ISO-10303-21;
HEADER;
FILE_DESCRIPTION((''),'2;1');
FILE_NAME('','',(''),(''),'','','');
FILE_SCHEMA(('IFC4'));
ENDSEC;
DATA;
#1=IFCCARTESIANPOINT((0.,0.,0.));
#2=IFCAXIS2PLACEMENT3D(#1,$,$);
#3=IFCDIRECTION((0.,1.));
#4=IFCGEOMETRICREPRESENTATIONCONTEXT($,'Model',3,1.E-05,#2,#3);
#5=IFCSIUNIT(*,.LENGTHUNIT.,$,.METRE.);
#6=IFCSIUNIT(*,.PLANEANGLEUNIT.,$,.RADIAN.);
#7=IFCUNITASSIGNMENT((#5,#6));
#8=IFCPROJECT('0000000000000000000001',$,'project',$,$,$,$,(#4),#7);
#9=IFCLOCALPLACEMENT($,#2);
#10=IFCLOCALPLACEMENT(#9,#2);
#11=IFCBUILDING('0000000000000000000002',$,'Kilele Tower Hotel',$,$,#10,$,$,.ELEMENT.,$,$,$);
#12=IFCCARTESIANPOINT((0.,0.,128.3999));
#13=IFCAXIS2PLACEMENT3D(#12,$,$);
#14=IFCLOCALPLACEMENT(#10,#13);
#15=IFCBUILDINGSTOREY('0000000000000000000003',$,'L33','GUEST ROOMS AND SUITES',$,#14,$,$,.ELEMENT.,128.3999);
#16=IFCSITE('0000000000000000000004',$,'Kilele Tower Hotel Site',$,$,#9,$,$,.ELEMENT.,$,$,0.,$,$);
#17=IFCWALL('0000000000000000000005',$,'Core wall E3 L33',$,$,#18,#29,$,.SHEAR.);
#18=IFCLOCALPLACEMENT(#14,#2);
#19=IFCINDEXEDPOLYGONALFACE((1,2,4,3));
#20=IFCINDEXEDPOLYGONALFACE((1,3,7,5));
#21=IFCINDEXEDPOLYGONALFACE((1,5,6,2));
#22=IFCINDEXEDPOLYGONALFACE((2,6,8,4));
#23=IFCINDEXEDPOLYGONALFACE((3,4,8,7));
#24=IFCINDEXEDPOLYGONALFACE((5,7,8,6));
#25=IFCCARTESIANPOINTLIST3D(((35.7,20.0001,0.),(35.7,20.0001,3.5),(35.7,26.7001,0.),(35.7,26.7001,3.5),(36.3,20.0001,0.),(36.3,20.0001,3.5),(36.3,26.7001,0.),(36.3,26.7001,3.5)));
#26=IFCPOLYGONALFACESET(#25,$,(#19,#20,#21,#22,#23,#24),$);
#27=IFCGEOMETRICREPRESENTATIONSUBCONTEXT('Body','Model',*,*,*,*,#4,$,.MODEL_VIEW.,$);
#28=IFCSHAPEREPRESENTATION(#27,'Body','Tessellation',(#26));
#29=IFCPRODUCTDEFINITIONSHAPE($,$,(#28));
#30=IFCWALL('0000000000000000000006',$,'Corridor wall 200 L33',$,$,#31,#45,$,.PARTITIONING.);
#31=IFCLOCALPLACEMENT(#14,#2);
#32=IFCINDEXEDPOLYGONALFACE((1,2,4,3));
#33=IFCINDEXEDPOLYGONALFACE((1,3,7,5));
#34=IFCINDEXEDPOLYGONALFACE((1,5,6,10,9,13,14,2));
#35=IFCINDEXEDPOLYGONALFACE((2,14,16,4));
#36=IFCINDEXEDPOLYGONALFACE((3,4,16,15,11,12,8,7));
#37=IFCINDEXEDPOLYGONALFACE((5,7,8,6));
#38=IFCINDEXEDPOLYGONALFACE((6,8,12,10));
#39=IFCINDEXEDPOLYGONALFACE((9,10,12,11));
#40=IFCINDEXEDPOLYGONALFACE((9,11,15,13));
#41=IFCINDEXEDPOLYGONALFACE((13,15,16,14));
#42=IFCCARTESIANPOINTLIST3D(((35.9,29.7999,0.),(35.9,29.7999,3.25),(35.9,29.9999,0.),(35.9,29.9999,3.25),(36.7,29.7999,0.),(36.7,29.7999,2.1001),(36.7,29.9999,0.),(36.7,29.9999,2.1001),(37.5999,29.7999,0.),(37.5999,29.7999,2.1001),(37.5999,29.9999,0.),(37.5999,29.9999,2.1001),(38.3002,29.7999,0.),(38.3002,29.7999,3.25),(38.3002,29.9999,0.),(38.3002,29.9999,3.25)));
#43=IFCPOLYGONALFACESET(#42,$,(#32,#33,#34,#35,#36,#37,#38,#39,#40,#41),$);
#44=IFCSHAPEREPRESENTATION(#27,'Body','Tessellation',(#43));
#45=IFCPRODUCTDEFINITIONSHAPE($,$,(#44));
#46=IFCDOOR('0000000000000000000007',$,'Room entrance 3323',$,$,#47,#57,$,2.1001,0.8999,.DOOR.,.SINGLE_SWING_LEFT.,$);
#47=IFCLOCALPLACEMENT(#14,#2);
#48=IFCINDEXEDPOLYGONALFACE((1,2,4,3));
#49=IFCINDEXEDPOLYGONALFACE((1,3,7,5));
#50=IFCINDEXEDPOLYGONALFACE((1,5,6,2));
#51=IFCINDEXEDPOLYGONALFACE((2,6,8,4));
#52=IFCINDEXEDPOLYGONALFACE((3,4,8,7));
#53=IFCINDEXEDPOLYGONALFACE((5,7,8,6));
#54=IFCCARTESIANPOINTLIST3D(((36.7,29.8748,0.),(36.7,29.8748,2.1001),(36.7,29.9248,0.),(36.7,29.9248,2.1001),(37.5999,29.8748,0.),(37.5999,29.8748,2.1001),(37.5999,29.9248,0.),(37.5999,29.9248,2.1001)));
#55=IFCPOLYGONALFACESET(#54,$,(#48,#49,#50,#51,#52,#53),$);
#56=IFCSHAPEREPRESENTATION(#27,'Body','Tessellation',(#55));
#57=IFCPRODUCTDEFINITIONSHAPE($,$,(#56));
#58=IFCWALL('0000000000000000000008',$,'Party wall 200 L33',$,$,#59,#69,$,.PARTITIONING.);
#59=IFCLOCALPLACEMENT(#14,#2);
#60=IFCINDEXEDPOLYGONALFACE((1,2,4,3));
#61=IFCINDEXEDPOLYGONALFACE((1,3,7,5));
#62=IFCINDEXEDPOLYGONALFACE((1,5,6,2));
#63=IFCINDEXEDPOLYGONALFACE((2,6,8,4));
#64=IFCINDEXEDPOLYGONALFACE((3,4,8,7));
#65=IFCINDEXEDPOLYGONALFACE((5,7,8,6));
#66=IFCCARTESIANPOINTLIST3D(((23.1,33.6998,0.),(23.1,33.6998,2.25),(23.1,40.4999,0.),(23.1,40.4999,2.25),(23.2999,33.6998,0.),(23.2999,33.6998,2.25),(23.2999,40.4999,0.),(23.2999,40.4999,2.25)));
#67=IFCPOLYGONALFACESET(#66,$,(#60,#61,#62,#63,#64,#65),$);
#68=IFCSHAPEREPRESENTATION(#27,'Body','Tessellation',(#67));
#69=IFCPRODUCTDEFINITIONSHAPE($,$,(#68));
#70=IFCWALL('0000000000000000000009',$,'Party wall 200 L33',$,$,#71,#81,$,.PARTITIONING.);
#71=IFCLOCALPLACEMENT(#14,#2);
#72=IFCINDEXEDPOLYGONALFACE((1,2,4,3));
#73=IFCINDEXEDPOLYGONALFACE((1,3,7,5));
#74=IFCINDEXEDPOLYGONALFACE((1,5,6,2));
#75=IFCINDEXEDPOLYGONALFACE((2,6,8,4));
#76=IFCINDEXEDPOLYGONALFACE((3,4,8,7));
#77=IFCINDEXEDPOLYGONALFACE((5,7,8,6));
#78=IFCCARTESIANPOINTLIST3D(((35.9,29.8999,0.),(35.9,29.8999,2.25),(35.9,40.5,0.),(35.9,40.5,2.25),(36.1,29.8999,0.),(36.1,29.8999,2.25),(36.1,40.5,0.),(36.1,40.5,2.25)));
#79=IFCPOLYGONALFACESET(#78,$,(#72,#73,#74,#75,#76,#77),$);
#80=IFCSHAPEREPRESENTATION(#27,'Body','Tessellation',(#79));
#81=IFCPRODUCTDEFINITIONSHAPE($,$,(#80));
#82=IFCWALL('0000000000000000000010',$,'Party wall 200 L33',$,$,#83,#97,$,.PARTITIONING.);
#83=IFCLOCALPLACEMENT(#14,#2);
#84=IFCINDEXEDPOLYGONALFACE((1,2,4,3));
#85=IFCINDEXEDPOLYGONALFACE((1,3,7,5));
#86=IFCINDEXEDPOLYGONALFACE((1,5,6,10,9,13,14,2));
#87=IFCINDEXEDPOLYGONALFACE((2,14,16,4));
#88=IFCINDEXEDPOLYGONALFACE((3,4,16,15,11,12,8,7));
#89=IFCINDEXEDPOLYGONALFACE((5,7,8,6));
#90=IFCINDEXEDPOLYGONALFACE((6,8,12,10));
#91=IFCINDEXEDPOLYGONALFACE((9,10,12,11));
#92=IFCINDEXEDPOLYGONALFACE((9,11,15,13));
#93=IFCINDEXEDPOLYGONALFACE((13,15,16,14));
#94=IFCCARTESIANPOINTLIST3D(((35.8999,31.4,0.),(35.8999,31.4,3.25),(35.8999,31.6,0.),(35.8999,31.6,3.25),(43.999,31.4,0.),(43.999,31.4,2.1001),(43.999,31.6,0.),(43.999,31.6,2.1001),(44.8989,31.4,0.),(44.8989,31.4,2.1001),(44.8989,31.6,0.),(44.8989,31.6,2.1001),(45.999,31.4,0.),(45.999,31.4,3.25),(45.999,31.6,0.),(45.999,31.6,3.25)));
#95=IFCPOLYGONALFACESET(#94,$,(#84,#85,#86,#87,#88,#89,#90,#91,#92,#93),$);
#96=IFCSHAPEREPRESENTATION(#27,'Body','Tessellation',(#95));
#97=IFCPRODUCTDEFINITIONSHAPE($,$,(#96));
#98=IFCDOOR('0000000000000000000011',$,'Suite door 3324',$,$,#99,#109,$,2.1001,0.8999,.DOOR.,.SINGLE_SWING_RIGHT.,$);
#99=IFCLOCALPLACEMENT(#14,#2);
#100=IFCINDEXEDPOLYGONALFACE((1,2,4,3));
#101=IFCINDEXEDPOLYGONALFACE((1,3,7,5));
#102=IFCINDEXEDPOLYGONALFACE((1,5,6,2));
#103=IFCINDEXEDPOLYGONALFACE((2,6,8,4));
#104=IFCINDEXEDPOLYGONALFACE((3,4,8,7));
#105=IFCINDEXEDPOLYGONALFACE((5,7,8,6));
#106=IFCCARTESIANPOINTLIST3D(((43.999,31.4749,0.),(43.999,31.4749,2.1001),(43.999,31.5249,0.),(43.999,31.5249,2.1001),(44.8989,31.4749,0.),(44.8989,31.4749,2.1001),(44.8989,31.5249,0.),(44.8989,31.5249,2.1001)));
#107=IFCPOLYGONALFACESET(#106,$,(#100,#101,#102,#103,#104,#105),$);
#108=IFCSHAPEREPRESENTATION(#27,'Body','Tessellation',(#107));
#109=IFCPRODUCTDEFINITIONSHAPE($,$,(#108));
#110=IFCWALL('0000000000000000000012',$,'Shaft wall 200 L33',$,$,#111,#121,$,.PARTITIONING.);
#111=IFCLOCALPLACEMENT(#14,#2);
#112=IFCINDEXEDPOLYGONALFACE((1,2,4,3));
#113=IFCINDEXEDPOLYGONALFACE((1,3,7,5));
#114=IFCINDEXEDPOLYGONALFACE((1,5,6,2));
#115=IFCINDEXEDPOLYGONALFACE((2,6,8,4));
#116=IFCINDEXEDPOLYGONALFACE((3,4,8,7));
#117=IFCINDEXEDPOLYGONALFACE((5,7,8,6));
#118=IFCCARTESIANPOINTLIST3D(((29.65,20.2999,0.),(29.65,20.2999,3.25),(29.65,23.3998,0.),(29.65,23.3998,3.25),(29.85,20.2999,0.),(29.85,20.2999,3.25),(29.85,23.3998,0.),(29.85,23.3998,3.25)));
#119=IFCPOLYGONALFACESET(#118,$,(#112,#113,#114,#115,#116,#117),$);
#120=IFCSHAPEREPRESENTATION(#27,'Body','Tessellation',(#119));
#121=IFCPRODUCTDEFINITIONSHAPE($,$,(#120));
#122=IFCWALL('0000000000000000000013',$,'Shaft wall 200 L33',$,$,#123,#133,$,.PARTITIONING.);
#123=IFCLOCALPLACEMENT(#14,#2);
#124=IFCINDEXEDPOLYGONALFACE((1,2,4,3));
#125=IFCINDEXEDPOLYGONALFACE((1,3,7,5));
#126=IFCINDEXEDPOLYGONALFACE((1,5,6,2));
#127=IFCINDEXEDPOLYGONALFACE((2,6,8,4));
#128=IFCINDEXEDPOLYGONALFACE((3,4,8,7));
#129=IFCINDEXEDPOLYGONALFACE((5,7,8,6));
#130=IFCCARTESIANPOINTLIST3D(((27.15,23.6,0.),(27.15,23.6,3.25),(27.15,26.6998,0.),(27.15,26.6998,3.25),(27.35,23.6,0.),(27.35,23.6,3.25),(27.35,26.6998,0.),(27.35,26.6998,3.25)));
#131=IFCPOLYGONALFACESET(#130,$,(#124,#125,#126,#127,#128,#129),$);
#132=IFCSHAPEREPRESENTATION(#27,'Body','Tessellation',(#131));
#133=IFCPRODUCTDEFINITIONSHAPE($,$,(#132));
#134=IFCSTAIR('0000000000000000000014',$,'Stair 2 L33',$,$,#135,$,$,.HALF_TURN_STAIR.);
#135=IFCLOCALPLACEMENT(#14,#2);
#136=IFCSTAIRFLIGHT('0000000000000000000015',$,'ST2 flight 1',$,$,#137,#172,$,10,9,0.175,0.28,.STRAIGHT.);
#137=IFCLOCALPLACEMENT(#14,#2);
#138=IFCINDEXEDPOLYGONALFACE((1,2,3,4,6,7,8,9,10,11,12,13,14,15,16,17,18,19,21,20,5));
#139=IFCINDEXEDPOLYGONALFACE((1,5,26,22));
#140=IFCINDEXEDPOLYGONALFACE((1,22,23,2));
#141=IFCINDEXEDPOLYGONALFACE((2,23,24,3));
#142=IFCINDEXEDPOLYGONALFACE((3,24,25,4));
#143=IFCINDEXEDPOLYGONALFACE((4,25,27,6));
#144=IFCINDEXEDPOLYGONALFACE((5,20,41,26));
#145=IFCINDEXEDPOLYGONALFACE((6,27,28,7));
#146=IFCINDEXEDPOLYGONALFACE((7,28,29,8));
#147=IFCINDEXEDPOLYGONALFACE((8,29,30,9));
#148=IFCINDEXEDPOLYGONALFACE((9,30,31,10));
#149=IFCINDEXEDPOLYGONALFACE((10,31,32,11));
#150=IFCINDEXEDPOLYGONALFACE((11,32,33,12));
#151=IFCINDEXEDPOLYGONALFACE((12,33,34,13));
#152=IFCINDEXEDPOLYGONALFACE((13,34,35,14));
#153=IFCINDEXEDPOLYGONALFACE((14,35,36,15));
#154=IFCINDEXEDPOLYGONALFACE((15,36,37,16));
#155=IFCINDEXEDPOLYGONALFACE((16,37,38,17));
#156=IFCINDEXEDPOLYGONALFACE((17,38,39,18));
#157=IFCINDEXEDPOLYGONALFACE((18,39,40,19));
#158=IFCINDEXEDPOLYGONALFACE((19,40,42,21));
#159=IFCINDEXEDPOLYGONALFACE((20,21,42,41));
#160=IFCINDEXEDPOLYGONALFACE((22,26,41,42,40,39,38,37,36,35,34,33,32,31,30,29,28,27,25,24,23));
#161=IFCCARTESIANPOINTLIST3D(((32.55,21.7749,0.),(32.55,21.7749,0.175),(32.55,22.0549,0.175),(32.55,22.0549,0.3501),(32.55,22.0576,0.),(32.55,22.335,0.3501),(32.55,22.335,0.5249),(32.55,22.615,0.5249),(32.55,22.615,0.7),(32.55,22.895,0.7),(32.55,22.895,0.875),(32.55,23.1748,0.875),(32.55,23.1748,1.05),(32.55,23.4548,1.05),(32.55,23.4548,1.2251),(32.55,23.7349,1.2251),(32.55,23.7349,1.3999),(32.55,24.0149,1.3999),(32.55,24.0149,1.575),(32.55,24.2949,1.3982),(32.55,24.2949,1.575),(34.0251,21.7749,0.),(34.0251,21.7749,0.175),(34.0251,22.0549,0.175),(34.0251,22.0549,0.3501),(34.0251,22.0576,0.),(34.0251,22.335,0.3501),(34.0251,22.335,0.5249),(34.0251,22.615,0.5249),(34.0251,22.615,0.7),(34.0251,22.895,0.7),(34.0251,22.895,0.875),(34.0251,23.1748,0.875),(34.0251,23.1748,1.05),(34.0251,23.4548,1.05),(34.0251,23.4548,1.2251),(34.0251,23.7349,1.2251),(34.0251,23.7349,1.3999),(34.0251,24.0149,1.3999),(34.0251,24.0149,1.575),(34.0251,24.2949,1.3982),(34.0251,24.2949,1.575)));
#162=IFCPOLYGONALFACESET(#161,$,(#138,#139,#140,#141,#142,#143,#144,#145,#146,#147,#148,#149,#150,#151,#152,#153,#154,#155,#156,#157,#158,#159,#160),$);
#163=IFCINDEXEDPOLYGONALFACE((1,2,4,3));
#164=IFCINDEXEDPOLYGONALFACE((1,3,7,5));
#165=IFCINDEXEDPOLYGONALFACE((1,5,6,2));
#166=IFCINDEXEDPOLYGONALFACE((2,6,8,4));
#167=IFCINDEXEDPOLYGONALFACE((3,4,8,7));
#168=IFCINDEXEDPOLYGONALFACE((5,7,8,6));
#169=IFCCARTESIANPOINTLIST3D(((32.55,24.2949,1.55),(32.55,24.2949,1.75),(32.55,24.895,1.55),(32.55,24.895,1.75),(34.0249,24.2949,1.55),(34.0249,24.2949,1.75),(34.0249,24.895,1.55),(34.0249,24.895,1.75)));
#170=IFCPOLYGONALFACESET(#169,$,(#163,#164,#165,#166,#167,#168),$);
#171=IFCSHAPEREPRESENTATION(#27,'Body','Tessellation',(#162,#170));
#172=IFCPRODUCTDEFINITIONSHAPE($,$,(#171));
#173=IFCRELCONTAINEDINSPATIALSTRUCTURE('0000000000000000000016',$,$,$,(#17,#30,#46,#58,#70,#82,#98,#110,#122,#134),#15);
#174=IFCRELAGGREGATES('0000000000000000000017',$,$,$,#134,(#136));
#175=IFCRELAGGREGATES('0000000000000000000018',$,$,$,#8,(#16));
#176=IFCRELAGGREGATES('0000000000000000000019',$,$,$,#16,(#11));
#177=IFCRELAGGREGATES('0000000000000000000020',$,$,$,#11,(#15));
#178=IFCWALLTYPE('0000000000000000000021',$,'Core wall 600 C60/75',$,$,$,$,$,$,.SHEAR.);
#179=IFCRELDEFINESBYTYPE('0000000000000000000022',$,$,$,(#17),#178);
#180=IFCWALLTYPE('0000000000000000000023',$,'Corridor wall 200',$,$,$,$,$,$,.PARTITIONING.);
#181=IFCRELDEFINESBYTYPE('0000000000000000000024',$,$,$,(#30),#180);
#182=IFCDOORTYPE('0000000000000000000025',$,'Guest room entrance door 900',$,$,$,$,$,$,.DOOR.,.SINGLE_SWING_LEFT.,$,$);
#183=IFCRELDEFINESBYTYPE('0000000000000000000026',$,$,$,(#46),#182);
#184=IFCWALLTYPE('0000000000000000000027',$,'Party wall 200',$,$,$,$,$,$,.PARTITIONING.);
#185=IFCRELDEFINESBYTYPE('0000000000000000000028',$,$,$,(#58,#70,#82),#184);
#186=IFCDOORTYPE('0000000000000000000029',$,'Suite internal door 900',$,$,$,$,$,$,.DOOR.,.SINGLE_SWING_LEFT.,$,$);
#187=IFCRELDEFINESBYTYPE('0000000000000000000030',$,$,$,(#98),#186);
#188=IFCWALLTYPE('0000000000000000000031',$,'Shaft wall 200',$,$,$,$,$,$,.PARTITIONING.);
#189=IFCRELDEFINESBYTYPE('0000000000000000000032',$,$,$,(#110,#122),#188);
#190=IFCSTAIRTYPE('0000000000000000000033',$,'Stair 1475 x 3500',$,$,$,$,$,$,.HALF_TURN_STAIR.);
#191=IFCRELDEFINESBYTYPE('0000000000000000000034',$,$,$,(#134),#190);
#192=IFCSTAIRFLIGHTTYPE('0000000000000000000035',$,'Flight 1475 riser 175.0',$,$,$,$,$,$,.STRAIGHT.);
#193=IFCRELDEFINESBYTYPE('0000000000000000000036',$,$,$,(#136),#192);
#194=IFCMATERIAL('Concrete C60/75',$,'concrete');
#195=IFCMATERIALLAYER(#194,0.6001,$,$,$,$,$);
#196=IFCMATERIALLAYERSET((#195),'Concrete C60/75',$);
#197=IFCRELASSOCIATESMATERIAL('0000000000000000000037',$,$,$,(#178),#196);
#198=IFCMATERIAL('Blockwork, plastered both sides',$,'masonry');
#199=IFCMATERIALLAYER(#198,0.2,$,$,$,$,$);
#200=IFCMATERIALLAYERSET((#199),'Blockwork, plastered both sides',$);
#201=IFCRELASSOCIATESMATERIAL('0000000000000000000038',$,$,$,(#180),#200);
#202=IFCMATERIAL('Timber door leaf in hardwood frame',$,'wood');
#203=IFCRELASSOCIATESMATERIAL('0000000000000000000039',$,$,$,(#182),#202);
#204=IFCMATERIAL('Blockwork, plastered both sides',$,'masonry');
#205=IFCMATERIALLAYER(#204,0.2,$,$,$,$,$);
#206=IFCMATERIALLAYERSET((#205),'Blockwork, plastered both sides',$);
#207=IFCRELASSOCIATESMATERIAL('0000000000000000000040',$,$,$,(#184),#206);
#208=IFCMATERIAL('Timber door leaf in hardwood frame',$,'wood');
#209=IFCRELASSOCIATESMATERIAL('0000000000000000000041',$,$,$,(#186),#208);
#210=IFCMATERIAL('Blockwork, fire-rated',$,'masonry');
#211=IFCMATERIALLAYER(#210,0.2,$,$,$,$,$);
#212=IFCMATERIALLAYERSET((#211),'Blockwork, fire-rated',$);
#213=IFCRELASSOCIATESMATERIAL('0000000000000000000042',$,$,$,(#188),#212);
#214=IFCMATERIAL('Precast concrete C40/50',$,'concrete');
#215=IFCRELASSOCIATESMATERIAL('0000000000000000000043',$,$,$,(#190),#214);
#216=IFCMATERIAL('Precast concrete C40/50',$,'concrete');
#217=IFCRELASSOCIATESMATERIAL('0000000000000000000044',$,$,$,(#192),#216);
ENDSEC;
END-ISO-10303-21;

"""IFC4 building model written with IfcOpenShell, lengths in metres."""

from ifc_helpers import new_model, si_unit, direction, frame, frame_2d, origin, place, context, subcontext, project, spatial, polyline, rectangle, outline, extrude, material, layer, layer_set, type_object, element, fill, aggregate, save


model = new_model("IFC4")

# Units and contexts
model_context = context("Model", 3, precision=1e-05, world=origin(), true_north=direction((0.0, 1.0)))
body_context = subcontext(model_context, "Body", "Model", "MODEL_VIEW")
ifc_project = project(units=[si_unit("LENGTHUNIT", "METRE"), si_unit("PLANEANGLEUNIT", "RADIAN")], contexts=[model_context])

# Site, building, storey
site_placement = place(None, origin())
site = spatial("IfcSite", under=ifc_project, at=site_placement, Name="Kilele Tower Hotel Site", CompositionType="ELEMENT", RefElevation=0.0)
building_placement = place(site_placement, origin())
building = spatial("IfcBuilding", under=site, at=building_placement, Name="Kilele Tower Hotel", CompositionType="ELEMENT")
storey_placement = place(building_placement, frame((0.0, 0.0, 128.3999)))
storey = spatial("IfcBuildingStorey", under=building, at=storey_placement, Name="L33", Description="GUEST ROOMS AND SUITES", CompositionType="ELEMENT", Elevation=128.3999)

# Wall
ifc_material_1 = material(Name="Concrete C60/75", Category="concrete")
ifc_layer_1 = layer(ifc_material_1, 0.6001)
ifc_layer_set_1 = layer_set([ifc_layer_1], Name="Concrete C60/75")
wall_type_1 = type_object("IfcWallType", Name="Core wall 600 C60/75", PredefinedType="SHEAR", material=ifc_layer_set_1)
wall_1_placement = place(storey_placement, frame((36.0, 20.0, 0.0), z_axis=(0.0, 0.0, 1.0), x_axis=(0.0, 1.0, 0.0)))
element("IfcWall", 1, at=wall_1_placement, inside=storey, type_object=wall_type_1, Name="Core wall E3 L33", PredefinedType="SHEAR", context=body_context, shape_type="SweptSolid", body=[
    extrude(rectangle(XDim=6.7, YDim=0.6001, at=frame_2d((3.3501, 0.0))), origin(), (0.0, 0.0, 1.0), 3.5),
])

# Wall, opening, door
ifc_material_2 = material(Name="Blockwork, plastered both sides", Category="masonry")
ifc_layer_2 = layer(ifc_material_2, 0.2)
ifc_layer_set_2 = layer_set([ifc_layer_2], Name="Blockwork, plastered both sides")
wall_type_2 = type_object("IfcWallType", Name="Corridor wall 200", PredefinedType="PARTITIONING", material=ifc_layer_set_2)
wall_2_placement = place(storey_placement, frame((35.8999, 29.8999, 0.0), z_axis=(0.0, 0.0, 1.0), x_axis=(1.0, 0.0, 0.0)))
wall_2 = element("IfcWall", 2, at=wall_2_placement, inside=storey, type_object=wall_type_2, Name="Corridor wall 200 L33", PredefinedType="PARTITIONING", context=body_context, shape_type="SweptSolid", body=[
    extrude(rectangle(XDim=2.4001, YDim=0.2, at=frame_2d((1.2002, 0.0))), origin(), (0.0, 0.0, 1.0), 3.25),
])
opening_1_placement = place(wall_2_placement, frame((0.8, 0.0, 0.0)))
opening_1 = element("IfcOpeningElement", 3, at=opening_1_placement, cuts=wall_2, PredefinedType="OPENING", context=body_context, shape_type="SweptSolid", body=[
    extrude(rectangle(XDim=0.8999, YDim=2.1001, at=frame_2d((0.45, 1.05))), frame((0.0, 0.1099, 0.0), z_axis=(0.0, -1.0, 0.0), x_axis=(1.0, 0.0, 0.0)), (0.0, 0.0, 1.0), 0.22),
])
ifc_material_3 = material(Name="Timber door leaf in hardwood frame", Category="wood")
door_type_1 = type_object("IfcDoorType", Name="Guest room entrance door 900", OperationType="SINGLE_SWING_LEFT", PredefinedType="DOOR", material=ifc_material_3)
door_1_placement = place(opening_1_placement, origin())
door_1 = element("IfcDoor", 4, at=door_1_placement, inside=storey, type_object=door_type_1, Name="Room entrance 3323", OperationType="SINGLE_SWING_LEFT", OverallHeight=2.1001, OverallWidth=0.8999, PredefinedType="DOOR", context=body_context, shape_type="SweptSolid", body=[
    extrude(rectangle(XDim=0.8999, YDim=2.1001, at=frame_2d((0.45, 1.05))), frame((0.0, 0.0249, 0.0), z_axis=(0.0, -1.0, 0.0), x_axis=(1.0, 0.0, 0.0)), (0.0, 0.0, 1.0), 0.05),
])
fill(opening_1, door_1)

# Walls
ifc_material_4 = material(Name="Blockwork, plastered both sides", Category="masonry")
ifc_layer_3 = layer(ifc_material_4, 0.2)
ifc_layer_set_3 = layer_set([ifc_layer_3], Name="Blockwork, plastered both sides")
wall_type_3 = type_object("IfcWallType", Name="Party wall 200", PredefinedType="PARTITIONING", material=ifc_layer_set_3)
wall_3_placement = place(storey_placement, frame((23.2, 33.7, 0.0), z_axis=(0.0, 0.0, 1.0), x_axis=(0.0, 1.0, 0.0)))
element("IfcWall", 5, at=wall_3_placement, inside=storey, type_object=wall_type_3, Name="Party wall 200 L33", PredefinedType="PARTITIONING", context=body_context, shape_type="SweptSolid", body=[
    extrude(rectangle(XDim=6.8, YDim=0.2, at=frame_2d((3.3999, 0.0))), origin(), (0.0, 0.0, 1.0), 2.25),
])
wall_4_placement = place(storey_placement, frame((36.0, 29.8999, 0.0), z_axis=(0.0, 0.0, 1.0), x_axis=(0.0, 1.0, 0.0)))
element("IfcWall", 6, at=wall_4_placement, inside=storey, type_object=wall_type_3, Name="Party wall 200 L33", PredefinedType="PARTITIONING", context=body_context, shape_type="SweptSolid", body=[
    extrude(rectangle(XDim=10.6001, YDim=0.2, at=frame_2d((5.3, 0.0))), origin(), (0.0, 0.0, 1.0), 2.25),
])

# Wall, opening, door
wall_5_placement = place(storey_placement, frame((35.8999, 31.5, 0.0), z_axis=(0.0, 0.0, 1.0), x_axis=(1.0, 0.0, 0.0)))
wall_5 = element("IfcWall", 7, at=wall_5_placement, inside=storey, type_object=wall_type_3, Name="Party wall 200 L33", PredefinedType="PARTITIONING", context=body_context, shape_type="SweptSolid", body=[
    extrude(rectangle(XDim=10.0991, YDim=0.2, at=frame_2d((5.0496, 0.0))), origin(), (0.0, 0.0, 1.0), 3.25),
])
opening_2_placement = place(wall_5_placement, frame((8.0991, 0.0, 0.0)))
opening_2 = element("IfcOpeningElement", 8, at=opening_2_placement, cuts=wall_5, PredefinedType="OPENING", context=body_context, shape_type="SweptSolid", body=[
    extrude(rectangle(XDim=0.8999, YDim=2.1001, at=frame_2d((0.45, 1.05))), frame((0.0, 0.1099, 0.0), z_axis=(0.0, -1.0, 0.0), x_axis=(1.0, 0.0, 0.0)), (0.0, 0.0, 1.0), 0.22),
])
ifc_material_5 = material(Name="Timber door leaf in hardwood frame", Category="wood")
door_type_2 = type_object("IfcDoorType", Name="Suite internal door 900", OperationType="SINGLE_SWING_LEFT", PredefinedType="DOOR", material=ifc_material_5)
door_2_placement = place(opening_2_placement, origin())
door_2 = element("IfcDoor", 9, at=door_2_placement, inside=storey, type_object=door_type_2, Name="Suite door 3324", OperationType="SINGLE_SWING_RIGHT", OverallHeight=2.1001, OverallWidth=0.8999, PredefinedType="DOOR", context=body_context, shape_type="SweptSolid", body=[
    extrude(rectangle(XDim=0.8999, YDim=2.1001, at=frame_2d((0.45, 1.05))), frame((0.0, 0.0249, 0.0), z_axis=(0.0, -1.0, 0.0), x_axis=(1.0, 0.0, 0.0)), (0.0, 0.0, 1.0), 0.05),
])
fill(opening_2, door_2)

# Walls
ifc_material_6 = material(Name="Blockwork, fire-rated", Category="masonry")
ifc_layer_4 = layer(ifc_material_6, 0.2)
ifc_layer_set_4 = layer_set([ifc_layer_4], Name="Blockwork, fire-rated")
wall_type_4 = type_object("IfcWallType", Name="Shaft wall 200", PredefinedType="PARTITIONING", material=ifc_layer_set_4)
for number, where, z_axis, x_axis, name in (
    (10, (29.75, 20.3, 0.0), (0.0, 0.0, 1.0), (0.0, 1.0, 0.0), "Shaft wall 200 L33"),
    (11, (27.25, 23.6001, 0.0), (0.0, 0.0, 1.0), (0.0, 1.0, 0.0), "Shaft wall 200 L33"),
):
    element("IfcWall", number, at=place(storey_placement, frame(where, z_axis=z_axis, x_axis=x_axis)), inside=storey, type_object=wall_type_4, Name=name, PredefinedType="PARTITIONING", context=body_context, shape_type="SweptSolid", body=[
        extrude(rectangle(XDim=3.0999, YDim=0.2, at=frame_2d((1.5498, 0.0))), origin(), (0.0, 0.0, 1.0), 3.25),
    ])

# Stair, stair flight
ifc_material_7 = material(Name="Precast concrete C40/50", Category="concrete")
stair_type = type_object("IfcStairType", Name="Stair 1475 x 3500", PredefinedType="HALF_TURN_STAIR", material=ifc_material_7)
stair_placement = place(storey_placement, origin())
stair = element("IfcStair", 12, at=stair_placement, inside=storey, type_object=stair_type, Name="Stair 2 L33", PredefinedType="HALF_TURN_STAIR")
ifc_material_8 = material(Name="Precast concrete C40/50", Category="concrete")
stair_flight_type = type_object("IfcStairFlightType", Name="Flight 1475 riser 175.0", PredefinedType="STRAIGHT", material=ifc_material_8)
stair_flight_1_placement = place(storey_placement, frame((33.2876, 21.7749, 0.0), z_axis=(0.0, 0.0, 1.0), x_axis=(0.0, 1.0, 0.0)))
stair_flight_1 = element("IfcStairFlight", 13, at=stair_flight_1_placement, type_object=stair_flight_type, Name="ST2 flight 1", NumberOfRisers=10, NumberOfTreads=9, PredefinedType="STRAIGHT", RiserHeight=0.175, TreadLength=0.28, context=body_context, shape_type="SweptSolid", body=[
    extrude(outline(polyline([(0.0, 0.0), (0.0, 0.175), (0.28, 0.175), (0.28, 0.3501), (0.5601, 0.3501), (0.5601, 0.5249), (0.8401, 0.5249), (0.8401, 0.7), (1.1201, 0.7), (1.1201, 0.875), (1.3999, 0.875), (1.3999, 1.05), (1.6799, 1.05), (1.6799, 1.2251), (1.96, 1.2251), (1.96, 1.3999), (2.24, 1.3999), (2.24, 1.575), (2.52, 1.575), (2.52, 1.75), (2.52, 1.3982), (0.2827, 0.0), (0.0, 0.0)])), frame((0.0, 0.7375, 0.0), z_axis=(0.0, -1.0, 0.0), x_axis=(1.0, 0.0, 0.0)), (0.0, 0.0, 1.0), 1.4751),
    extrude(outline(polyline([(2.52, 0.7375), (2.52, -0.7373), (3.1201, -0.7373), (3.1201, 0.7375), (2.52, 0.7375)])), frame((0.0, 0.0, 1.55)), (0.0, 0.0, 1.0), 0.2),
])
aggregate(stair, [stair_flight_1])

save(model, "model.ifc")
